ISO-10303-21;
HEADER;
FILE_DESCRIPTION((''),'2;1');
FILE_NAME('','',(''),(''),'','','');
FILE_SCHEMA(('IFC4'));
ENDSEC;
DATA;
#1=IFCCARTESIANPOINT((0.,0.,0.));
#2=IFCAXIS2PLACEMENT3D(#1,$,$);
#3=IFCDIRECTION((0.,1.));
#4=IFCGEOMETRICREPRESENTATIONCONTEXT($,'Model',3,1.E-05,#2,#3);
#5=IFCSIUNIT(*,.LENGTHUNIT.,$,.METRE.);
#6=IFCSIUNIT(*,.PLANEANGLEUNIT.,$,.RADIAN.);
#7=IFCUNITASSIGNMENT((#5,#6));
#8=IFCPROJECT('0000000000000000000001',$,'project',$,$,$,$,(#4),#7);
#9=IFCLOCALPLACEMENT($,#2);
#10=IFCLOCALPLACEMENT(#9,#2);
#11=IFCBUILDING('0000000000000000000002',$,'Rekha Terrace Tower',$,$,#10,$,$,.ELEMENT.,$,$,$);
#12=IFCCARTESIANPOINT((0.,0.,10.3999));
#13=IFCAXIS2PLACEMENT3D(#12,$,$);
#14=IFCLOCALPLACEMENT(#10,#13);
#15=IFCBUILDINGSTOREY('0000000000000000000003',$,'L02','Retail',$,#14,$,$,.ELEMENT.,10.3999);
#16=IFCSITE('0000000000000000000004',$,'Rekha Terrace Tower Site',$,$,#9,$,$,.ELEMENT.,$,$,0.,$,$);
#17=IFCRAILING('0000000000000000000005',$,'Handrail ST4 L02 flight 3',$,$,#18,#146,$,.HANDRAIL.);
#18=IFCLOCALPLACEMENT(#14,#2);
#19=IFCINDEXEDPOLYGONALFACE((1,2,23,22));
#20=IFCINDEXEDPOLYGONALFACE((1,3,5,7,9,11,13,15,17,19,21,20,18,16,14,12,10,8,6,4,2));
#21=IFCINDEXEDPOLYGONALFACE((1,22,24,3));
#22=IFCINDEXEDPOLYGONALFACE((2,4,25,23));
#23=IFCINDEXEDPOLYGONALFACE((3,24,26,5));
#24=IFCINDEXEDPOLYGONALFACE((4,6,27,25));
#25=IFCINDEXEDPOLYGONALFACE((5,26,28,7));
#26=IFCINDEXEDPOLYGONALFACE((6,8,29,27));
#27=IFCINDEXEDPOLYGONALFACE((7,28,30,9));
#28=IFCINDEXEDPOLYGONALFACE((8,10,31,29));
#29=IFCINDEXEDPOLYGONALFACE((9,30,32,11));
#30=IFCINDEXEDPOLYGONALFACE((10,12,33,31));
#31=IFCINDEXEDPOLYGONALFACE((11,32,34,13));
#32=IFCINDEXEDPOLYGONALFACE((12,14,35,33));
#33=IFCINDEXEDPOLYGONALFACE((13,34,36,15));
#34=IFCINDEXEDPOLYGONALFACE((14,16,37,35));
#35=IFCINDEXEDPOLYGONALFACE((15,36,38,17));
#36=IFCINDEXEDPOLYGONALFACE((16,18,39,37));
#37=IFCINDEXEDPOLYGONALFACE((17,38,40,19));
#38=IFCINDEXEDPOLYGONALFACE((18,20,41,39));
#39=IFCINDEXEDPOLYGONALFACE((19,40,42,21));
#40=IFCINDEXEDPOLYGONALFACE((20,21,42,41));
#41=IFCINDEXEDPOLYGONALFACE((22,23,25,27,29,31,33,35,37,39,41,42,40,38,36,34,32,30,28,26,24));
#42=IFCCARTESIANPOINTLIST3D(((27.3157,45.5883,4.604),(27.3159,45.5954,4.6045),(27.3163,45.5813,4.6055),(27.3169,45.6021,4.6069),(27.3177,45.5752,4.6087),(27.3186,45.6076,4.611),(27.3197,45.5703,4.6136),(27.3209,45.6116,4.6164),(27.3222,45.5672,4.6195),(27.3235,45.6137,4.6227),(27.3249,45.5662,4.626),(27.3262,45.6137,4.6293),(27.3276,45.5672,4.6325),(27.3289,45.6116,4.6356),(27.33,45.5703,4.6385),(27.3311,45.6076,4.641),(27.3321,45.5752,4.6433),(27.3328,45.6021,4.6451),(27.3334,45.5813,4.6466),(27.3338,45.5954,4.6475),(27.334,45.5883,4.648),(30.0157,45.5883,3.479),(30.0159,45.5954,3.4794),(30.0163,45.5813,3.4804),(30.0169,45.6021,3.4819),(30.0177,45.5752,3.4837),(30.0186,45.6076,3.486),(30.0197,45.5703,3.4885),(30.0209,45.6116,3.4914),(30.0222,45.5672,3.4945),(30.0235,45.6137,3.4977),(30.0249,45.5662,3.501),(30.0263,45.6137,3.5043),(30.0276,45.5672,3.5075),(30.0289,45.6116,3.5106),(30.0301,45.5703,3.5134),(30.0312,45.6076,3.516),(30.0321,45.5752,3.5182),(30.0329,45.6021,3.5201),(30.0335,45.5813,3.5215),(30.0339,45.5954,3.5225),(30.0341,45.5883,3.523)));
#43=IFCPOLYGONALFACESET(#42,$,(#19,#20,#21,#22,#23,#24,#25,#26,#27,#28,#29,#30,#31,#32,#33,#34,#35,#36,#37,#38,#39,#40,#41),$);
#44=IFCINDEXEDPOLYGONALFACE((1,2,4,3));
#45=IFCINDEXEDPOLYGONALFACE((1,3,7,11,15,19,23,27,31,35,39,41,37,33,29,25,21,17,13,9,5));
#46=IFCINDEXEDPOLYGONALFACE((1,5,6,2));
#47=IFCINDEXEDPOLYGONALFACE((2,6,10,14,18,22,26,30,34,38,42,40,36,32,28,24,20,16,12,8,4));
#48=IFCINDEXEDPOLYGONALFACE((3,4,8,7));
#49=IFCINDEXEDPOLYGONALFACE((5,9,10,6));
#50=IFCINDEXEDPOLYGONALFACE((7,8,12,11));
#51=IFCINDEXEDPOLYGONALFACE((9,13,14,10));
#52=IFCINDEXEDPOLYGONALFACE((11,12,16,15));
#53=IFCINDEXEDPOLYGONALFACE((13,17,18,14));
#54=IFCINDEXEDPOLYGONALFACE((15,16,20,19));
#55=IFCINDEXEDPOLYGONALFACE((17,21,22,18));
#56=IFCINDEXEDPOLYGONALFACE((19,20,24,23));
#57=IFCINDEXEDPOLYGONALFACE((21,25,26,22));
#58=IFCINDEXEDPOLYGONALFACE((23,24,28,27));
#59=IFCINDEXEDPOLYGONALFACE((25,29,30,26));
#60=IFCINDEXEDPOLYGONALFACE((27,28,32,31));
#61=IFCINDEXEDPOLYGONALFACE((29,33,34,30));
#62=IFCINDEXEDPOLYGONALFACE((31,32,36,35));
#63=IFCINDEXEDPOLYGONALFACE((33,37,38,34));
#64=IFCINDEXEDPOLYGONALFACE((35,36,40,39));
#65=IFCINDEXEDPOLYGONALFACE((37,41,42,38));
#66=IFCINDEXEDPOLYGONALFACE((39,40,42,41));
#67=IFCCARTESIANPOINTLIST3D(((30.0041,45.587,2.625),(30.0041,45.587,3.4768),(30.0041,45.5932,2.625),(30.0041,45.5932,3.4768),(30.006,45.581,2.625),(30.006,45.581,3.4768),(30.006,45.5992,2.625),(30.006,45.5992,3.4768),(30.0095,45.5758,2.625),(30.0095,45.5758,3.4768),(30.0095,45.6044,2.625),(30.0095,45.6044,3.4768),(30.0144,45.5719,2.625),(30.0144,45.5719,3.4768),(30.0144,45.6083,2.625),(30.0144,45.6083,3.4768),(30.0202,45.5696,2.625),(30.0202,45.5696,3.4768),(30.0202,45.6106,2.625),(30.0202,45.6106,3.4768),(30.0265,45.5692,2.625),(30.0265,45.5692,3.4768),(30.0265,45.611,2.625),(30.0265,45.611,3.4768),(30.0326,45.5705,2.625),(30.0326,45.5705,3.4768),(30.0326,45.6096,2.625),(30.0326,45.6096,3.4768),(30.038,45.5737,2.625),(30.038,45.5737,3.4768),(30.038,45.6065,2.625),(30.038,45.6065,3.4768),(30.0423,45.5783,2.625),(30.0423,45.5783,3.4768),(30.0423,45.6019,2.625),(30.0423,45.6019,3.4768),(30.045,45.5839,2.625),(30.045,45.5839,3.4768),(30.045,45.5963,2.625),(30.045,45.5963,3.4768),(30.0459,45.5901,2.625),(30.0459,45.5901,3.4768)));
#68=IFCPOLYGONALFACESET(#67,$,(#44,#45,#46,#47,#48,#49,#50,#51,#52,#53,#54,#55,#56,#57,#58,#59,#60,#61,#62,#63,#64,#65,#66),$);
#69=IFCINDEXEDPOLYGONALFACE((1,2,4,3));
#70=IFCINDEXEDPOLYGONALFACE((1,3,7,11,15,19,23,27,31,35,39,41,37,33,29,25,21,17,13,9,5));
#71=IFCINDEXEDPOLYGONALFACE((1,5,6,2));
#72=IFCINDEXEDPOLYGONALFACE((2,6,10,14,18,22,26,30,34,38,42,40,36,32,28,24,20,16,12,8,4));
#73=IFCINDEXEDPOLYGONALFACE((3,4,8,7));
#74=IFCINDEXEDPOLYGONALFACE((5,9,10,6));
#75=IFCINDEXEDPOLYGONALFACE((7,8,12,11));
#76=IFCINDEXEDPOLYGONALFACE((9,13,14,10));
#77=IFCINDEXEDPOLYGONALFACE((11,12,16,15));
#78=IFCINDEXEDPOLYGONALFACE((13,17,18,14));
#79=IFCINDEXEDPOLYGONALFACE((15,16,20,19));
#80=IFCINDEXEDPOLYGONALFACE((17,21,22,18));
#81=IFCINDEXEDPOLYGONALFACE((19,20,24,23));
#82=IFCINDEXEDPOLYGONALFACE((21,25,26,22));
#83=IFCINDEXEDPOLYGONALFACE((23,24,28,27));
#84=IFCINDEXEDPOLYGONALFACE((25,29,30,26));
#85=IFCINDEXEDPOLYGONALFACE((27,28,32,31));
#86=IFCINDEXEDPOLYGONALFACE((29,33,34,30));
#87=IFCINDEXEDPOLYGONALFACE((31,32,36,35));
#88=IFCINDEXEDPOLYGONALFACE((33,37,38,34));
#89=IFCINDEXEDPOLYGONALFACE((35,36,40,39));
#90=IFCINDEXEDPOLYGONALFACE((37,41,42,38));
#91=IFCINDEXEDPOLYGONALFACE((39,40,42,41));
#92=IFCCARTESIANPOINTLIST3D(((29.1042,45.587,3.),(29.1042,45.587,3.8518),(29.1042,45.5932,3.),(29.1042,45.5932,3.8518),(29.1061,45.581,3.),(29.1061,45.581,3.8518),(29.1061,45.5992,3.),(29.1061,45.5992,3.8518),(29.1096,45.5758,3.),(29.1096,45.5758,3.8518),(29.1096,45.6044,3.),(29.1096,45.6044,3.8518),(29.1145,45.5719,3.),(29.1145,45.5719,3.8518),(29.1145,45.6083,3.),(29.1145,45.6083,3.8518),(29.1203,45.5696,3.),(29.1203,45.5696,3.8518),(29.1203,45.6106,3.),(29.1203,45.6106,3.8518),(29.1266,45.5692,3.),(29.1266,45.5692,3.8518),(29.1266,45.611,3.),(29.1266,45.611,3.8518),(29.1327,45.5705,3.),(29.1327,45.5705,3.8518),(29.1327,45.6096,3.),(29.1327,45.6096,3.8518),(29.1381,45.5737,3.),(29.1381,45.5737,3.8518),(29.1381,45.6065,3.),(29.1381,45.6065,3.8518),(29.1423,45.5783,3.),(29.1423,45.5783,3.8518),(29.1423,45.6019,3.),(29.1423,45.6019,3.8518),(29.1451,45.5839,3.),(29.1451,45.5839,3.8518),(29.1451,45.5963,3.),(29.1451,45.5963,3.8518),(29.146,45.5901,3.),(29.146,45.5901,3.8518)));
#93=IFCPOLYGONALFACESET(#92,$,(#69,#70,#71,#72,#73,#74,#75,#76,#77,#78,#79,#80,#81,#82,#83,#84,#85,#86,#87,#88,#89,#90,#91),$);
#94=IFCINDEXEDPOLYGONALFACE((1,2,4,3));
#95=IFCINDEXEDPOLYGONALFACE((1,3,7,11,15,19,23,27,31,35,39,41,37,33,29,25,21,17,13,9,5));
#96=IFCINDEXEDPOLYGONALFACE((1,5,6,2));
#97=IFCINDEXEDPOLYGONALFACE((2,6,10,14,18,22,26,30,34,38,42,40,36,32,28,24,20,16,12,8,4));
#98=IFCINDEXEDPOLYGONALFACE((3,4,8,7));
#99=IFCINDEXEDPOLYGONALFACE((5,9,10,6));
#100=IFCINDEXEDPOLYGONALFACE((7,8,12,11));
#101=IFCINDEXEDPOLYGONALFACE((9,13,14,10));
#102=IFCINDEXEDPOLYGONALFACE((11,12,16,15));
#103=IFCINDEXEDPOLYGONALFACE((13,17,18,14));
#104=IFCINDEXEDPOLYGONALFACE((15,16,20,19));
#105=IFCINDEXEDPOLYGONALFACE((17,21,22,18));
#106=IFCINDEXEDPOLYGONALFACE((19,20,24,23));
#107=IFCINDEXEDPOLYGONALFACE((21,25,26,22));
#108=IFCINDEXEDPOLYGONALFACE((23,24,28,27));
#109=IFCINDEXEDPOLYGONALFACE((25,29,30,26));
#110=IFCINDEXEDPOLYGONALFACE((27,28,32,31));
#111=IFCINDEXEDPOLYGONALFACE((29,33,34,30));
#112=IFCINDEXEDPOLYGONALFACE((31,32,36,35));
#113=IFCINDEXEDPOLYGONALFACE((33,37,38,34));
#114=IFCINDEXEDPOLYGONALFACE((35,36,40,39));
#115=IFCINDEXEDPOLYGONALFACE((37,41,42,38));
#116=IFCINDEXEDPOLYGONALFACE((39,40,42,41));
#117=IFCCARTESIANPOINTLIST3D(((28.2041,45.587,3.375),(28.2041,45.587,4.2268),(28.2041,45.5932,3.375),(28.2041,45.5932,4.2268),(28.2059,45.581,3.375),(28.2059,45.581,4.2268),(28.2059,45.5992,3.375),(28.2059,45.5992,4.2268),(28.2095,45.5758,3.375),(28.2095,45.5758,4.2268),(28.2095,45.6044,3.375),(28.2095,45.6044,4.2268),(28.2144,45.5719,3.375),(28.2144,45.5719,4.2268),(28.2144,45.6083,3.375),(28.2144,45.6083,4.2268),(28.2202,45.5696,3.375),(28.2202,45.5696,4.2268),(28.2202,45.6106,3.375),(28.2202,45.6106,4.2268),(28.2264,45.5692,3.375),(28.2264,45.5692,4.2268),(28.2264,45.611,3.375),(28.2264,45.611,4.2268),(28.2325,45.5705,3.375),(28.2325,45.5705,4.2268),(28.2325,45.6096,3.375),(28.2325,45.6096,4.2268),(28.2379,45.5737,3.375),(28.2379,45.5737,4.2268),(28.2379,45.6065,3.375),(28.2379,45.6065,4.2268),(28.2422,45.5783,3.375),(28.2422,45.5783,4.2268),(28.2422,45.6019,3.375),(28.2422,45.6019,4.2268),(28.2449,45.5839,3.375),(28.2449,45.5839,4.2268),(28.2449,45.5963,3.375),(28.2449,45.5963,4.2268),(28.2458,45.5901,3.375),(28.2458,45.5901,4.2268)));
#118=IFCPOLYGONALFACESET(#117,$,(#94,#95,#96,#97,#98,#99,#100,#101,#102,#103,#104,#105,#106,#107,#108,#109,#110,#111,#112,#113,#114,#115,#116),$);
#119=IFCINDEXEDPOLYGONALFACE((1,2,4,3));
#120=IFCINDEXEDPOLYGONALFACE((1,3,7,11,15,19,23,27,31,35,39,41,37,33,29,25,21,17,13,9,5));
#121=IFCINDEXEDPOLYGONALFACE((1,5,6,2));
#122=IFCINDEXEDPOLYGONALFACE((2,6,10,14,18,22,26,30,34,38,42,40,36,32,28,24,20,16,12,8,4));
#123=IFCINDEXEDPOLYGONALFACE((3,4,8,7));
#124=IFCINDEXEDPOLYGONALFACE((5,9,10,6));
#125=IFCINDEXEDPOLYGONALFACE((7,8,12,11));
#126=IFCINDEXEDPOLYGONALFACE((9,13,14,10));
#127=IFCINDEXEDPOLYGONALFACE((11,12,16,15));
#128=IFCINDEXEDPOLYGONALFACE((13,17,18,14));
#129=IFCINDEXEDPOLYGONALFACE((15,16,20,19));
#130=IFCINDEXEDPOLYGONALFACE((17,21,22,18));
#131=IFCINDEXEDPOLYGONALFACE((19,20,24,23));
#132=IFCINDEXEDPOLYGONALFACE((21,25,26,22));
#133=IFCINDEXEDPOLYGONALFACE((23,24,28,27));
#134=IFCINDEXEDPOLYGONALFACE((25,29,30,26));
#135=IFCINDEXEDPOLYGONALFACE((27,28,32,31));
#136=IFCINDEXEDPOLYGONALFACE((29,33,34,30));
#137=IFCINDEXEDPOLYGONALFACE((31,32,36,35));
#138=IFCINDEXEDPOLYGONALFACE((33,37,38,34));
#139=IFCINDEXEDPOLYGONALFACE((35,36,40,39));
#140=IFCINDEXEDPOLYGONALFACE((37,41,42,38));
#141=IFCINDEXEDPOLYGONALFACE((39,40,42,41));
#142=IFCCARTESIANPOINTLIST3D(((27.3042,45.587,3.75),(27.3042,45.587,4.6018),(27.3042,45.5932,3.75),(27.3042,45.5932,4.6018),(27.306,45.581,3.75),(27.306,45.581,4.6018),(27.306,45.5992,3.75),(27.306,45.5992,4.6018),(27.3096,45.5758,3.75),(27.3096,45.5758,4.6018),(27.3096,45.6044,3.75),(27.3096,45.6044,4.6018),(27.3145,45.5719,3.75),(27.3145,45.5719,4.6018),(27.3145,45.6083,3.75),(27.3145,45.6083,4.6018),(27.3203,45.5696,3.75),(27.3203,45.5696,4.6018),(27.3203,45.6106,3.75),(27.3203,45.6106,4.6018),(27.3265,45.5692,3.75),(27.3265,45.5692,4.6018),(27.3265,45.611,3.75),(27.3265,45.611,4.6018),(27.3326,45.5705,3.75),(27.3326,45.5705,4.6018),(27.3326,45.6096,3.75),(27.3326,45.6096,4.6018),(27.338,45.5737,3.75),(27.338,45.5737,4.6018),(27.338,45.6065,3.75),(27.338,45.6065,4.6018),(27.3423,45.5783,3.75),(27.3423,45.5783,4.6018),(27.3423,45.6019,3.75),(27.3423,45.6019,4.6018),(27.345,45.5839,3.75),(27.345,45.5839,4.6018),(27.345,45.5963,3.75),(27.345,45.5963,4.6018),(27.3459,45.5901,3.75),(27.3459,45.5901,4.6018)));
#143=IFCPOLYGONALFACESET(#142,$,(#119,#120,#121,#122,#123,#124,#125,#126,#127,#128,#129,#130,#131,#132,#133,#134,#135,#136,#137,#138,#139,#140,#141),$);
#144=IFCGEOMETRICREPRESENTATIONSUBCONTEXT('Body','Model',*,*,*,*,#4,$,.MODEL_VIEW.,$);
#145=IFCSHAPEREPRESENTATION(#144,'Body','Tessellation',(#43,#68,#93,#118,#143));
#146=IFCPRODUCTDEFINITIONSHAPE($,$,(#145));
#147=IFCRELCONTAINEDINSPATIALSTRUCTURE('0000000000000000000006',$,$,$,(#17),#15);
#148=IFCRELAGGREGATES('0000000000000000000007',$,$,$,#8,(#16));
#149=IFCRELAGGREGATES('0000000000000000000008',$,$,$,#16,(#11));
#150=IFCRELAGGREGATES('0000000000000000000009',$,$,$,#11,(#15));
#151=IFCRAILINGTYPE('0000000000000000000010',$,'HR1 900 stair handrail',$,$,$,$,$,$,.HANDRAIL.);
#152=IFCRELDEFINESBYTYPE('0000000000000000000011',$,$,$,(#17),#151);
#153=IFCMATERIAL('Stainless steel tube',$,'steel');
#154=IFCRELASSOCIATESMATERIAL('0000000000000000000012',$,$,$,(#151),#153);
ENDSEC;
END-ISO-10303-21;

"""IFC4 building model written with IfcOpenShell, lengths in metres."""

from ifc_helpers import new_model, si_unit, direction, frame, origin, origin_2d, place, context, subcontext, project, spatial, circle, extrude, material, type_object, element, save


model = new_model("IFC4")

# Units and contexts
model_context = context("Model", 3, precision=1e-05, world=origin(), true_north=direction((0.0, 1.0)))
body_context = subcontext(model_context, "Body", "Model", "MODEL_VIEW")
ifc_project = project(units=[si_unit("LENGTHUNIT", "METRE"), si_unit("PLANEANGLEUNIT", "RADIAN")], contexts=[model_context])

# Site, building, storey
site_placement = place(None, origin())
site = spatial("IfcSite", under=ifc_project, at=site_placement, Name="Rekha Terrace Tower Site", CompositionType="ELEMENT", RefElevation=0.0)
building_placement = place(site_placement, origin())
building = spatial("IfcBuilding", under=site, at=building_placement, Name="Rekha Terrace Tower", CompositionType="ELEMENT")
storey_placement = place(building_placement, frame((0.0, 0.0, 10.3999)))
storey = spatial("IfcBuildingStorey", under=building, at=storey_placement, Name="L02", Description="Retail", CompositionType="ELEMENT", Elevation=10.3999)

# Railing
ifc_material_1 = material(Name="Stainless steel tube", Category="steel")
railing_type_1 = type_object("IfcRailingType", Name="HR1 900 stair handrail", PredefinedType="HANDRAIL", material=ifc_material_1)
railing_1_placement = place(storey_placement, frame((30.0249, 45.5901, 2.625)))
element("IfcRailing", 1, at=railing_1_placement, inside=storey, type_object=railing_type_1, Name="Handrail ST4 L02 flight 3", PredefinedType="HANDRAIL", context=body_context, shape_type="SweptSolid", body=[
    extrude(circle(Radius=0.0239, at=origin_2d()), frame((0.0, 0.0, 0.876), z_axis=(-0.923074, 0.0, 0.384621), x_axis=(0.0, -1.0, 0.0)), (0.0, 0.0, 1.0), 2.925),
    extrude(circle(Radius=0.021, at=origin_2d()), origin(), (0.0, 0.0, 1.0), 0.8518),
    extrude(circle(Radius=0.021, at=origin_2d()), frame((-0.8999, 0.0, 0.375)), (0.0, 0.0, 1.0), 0.8518),
    extrude(circle(Radius=0.021, at=origin_2d()), frame((-1.8, 0.0, 0.75)), (0.0, 0.0, 1.0), 0.8518),
    extrude(circle(Radius=0.021, at=origin_2d()), frame((-2.7, 0.0, 1.125)), (0.0, 0.0, 1.0), 0.8518),
])

save(model, "model.ifc")
